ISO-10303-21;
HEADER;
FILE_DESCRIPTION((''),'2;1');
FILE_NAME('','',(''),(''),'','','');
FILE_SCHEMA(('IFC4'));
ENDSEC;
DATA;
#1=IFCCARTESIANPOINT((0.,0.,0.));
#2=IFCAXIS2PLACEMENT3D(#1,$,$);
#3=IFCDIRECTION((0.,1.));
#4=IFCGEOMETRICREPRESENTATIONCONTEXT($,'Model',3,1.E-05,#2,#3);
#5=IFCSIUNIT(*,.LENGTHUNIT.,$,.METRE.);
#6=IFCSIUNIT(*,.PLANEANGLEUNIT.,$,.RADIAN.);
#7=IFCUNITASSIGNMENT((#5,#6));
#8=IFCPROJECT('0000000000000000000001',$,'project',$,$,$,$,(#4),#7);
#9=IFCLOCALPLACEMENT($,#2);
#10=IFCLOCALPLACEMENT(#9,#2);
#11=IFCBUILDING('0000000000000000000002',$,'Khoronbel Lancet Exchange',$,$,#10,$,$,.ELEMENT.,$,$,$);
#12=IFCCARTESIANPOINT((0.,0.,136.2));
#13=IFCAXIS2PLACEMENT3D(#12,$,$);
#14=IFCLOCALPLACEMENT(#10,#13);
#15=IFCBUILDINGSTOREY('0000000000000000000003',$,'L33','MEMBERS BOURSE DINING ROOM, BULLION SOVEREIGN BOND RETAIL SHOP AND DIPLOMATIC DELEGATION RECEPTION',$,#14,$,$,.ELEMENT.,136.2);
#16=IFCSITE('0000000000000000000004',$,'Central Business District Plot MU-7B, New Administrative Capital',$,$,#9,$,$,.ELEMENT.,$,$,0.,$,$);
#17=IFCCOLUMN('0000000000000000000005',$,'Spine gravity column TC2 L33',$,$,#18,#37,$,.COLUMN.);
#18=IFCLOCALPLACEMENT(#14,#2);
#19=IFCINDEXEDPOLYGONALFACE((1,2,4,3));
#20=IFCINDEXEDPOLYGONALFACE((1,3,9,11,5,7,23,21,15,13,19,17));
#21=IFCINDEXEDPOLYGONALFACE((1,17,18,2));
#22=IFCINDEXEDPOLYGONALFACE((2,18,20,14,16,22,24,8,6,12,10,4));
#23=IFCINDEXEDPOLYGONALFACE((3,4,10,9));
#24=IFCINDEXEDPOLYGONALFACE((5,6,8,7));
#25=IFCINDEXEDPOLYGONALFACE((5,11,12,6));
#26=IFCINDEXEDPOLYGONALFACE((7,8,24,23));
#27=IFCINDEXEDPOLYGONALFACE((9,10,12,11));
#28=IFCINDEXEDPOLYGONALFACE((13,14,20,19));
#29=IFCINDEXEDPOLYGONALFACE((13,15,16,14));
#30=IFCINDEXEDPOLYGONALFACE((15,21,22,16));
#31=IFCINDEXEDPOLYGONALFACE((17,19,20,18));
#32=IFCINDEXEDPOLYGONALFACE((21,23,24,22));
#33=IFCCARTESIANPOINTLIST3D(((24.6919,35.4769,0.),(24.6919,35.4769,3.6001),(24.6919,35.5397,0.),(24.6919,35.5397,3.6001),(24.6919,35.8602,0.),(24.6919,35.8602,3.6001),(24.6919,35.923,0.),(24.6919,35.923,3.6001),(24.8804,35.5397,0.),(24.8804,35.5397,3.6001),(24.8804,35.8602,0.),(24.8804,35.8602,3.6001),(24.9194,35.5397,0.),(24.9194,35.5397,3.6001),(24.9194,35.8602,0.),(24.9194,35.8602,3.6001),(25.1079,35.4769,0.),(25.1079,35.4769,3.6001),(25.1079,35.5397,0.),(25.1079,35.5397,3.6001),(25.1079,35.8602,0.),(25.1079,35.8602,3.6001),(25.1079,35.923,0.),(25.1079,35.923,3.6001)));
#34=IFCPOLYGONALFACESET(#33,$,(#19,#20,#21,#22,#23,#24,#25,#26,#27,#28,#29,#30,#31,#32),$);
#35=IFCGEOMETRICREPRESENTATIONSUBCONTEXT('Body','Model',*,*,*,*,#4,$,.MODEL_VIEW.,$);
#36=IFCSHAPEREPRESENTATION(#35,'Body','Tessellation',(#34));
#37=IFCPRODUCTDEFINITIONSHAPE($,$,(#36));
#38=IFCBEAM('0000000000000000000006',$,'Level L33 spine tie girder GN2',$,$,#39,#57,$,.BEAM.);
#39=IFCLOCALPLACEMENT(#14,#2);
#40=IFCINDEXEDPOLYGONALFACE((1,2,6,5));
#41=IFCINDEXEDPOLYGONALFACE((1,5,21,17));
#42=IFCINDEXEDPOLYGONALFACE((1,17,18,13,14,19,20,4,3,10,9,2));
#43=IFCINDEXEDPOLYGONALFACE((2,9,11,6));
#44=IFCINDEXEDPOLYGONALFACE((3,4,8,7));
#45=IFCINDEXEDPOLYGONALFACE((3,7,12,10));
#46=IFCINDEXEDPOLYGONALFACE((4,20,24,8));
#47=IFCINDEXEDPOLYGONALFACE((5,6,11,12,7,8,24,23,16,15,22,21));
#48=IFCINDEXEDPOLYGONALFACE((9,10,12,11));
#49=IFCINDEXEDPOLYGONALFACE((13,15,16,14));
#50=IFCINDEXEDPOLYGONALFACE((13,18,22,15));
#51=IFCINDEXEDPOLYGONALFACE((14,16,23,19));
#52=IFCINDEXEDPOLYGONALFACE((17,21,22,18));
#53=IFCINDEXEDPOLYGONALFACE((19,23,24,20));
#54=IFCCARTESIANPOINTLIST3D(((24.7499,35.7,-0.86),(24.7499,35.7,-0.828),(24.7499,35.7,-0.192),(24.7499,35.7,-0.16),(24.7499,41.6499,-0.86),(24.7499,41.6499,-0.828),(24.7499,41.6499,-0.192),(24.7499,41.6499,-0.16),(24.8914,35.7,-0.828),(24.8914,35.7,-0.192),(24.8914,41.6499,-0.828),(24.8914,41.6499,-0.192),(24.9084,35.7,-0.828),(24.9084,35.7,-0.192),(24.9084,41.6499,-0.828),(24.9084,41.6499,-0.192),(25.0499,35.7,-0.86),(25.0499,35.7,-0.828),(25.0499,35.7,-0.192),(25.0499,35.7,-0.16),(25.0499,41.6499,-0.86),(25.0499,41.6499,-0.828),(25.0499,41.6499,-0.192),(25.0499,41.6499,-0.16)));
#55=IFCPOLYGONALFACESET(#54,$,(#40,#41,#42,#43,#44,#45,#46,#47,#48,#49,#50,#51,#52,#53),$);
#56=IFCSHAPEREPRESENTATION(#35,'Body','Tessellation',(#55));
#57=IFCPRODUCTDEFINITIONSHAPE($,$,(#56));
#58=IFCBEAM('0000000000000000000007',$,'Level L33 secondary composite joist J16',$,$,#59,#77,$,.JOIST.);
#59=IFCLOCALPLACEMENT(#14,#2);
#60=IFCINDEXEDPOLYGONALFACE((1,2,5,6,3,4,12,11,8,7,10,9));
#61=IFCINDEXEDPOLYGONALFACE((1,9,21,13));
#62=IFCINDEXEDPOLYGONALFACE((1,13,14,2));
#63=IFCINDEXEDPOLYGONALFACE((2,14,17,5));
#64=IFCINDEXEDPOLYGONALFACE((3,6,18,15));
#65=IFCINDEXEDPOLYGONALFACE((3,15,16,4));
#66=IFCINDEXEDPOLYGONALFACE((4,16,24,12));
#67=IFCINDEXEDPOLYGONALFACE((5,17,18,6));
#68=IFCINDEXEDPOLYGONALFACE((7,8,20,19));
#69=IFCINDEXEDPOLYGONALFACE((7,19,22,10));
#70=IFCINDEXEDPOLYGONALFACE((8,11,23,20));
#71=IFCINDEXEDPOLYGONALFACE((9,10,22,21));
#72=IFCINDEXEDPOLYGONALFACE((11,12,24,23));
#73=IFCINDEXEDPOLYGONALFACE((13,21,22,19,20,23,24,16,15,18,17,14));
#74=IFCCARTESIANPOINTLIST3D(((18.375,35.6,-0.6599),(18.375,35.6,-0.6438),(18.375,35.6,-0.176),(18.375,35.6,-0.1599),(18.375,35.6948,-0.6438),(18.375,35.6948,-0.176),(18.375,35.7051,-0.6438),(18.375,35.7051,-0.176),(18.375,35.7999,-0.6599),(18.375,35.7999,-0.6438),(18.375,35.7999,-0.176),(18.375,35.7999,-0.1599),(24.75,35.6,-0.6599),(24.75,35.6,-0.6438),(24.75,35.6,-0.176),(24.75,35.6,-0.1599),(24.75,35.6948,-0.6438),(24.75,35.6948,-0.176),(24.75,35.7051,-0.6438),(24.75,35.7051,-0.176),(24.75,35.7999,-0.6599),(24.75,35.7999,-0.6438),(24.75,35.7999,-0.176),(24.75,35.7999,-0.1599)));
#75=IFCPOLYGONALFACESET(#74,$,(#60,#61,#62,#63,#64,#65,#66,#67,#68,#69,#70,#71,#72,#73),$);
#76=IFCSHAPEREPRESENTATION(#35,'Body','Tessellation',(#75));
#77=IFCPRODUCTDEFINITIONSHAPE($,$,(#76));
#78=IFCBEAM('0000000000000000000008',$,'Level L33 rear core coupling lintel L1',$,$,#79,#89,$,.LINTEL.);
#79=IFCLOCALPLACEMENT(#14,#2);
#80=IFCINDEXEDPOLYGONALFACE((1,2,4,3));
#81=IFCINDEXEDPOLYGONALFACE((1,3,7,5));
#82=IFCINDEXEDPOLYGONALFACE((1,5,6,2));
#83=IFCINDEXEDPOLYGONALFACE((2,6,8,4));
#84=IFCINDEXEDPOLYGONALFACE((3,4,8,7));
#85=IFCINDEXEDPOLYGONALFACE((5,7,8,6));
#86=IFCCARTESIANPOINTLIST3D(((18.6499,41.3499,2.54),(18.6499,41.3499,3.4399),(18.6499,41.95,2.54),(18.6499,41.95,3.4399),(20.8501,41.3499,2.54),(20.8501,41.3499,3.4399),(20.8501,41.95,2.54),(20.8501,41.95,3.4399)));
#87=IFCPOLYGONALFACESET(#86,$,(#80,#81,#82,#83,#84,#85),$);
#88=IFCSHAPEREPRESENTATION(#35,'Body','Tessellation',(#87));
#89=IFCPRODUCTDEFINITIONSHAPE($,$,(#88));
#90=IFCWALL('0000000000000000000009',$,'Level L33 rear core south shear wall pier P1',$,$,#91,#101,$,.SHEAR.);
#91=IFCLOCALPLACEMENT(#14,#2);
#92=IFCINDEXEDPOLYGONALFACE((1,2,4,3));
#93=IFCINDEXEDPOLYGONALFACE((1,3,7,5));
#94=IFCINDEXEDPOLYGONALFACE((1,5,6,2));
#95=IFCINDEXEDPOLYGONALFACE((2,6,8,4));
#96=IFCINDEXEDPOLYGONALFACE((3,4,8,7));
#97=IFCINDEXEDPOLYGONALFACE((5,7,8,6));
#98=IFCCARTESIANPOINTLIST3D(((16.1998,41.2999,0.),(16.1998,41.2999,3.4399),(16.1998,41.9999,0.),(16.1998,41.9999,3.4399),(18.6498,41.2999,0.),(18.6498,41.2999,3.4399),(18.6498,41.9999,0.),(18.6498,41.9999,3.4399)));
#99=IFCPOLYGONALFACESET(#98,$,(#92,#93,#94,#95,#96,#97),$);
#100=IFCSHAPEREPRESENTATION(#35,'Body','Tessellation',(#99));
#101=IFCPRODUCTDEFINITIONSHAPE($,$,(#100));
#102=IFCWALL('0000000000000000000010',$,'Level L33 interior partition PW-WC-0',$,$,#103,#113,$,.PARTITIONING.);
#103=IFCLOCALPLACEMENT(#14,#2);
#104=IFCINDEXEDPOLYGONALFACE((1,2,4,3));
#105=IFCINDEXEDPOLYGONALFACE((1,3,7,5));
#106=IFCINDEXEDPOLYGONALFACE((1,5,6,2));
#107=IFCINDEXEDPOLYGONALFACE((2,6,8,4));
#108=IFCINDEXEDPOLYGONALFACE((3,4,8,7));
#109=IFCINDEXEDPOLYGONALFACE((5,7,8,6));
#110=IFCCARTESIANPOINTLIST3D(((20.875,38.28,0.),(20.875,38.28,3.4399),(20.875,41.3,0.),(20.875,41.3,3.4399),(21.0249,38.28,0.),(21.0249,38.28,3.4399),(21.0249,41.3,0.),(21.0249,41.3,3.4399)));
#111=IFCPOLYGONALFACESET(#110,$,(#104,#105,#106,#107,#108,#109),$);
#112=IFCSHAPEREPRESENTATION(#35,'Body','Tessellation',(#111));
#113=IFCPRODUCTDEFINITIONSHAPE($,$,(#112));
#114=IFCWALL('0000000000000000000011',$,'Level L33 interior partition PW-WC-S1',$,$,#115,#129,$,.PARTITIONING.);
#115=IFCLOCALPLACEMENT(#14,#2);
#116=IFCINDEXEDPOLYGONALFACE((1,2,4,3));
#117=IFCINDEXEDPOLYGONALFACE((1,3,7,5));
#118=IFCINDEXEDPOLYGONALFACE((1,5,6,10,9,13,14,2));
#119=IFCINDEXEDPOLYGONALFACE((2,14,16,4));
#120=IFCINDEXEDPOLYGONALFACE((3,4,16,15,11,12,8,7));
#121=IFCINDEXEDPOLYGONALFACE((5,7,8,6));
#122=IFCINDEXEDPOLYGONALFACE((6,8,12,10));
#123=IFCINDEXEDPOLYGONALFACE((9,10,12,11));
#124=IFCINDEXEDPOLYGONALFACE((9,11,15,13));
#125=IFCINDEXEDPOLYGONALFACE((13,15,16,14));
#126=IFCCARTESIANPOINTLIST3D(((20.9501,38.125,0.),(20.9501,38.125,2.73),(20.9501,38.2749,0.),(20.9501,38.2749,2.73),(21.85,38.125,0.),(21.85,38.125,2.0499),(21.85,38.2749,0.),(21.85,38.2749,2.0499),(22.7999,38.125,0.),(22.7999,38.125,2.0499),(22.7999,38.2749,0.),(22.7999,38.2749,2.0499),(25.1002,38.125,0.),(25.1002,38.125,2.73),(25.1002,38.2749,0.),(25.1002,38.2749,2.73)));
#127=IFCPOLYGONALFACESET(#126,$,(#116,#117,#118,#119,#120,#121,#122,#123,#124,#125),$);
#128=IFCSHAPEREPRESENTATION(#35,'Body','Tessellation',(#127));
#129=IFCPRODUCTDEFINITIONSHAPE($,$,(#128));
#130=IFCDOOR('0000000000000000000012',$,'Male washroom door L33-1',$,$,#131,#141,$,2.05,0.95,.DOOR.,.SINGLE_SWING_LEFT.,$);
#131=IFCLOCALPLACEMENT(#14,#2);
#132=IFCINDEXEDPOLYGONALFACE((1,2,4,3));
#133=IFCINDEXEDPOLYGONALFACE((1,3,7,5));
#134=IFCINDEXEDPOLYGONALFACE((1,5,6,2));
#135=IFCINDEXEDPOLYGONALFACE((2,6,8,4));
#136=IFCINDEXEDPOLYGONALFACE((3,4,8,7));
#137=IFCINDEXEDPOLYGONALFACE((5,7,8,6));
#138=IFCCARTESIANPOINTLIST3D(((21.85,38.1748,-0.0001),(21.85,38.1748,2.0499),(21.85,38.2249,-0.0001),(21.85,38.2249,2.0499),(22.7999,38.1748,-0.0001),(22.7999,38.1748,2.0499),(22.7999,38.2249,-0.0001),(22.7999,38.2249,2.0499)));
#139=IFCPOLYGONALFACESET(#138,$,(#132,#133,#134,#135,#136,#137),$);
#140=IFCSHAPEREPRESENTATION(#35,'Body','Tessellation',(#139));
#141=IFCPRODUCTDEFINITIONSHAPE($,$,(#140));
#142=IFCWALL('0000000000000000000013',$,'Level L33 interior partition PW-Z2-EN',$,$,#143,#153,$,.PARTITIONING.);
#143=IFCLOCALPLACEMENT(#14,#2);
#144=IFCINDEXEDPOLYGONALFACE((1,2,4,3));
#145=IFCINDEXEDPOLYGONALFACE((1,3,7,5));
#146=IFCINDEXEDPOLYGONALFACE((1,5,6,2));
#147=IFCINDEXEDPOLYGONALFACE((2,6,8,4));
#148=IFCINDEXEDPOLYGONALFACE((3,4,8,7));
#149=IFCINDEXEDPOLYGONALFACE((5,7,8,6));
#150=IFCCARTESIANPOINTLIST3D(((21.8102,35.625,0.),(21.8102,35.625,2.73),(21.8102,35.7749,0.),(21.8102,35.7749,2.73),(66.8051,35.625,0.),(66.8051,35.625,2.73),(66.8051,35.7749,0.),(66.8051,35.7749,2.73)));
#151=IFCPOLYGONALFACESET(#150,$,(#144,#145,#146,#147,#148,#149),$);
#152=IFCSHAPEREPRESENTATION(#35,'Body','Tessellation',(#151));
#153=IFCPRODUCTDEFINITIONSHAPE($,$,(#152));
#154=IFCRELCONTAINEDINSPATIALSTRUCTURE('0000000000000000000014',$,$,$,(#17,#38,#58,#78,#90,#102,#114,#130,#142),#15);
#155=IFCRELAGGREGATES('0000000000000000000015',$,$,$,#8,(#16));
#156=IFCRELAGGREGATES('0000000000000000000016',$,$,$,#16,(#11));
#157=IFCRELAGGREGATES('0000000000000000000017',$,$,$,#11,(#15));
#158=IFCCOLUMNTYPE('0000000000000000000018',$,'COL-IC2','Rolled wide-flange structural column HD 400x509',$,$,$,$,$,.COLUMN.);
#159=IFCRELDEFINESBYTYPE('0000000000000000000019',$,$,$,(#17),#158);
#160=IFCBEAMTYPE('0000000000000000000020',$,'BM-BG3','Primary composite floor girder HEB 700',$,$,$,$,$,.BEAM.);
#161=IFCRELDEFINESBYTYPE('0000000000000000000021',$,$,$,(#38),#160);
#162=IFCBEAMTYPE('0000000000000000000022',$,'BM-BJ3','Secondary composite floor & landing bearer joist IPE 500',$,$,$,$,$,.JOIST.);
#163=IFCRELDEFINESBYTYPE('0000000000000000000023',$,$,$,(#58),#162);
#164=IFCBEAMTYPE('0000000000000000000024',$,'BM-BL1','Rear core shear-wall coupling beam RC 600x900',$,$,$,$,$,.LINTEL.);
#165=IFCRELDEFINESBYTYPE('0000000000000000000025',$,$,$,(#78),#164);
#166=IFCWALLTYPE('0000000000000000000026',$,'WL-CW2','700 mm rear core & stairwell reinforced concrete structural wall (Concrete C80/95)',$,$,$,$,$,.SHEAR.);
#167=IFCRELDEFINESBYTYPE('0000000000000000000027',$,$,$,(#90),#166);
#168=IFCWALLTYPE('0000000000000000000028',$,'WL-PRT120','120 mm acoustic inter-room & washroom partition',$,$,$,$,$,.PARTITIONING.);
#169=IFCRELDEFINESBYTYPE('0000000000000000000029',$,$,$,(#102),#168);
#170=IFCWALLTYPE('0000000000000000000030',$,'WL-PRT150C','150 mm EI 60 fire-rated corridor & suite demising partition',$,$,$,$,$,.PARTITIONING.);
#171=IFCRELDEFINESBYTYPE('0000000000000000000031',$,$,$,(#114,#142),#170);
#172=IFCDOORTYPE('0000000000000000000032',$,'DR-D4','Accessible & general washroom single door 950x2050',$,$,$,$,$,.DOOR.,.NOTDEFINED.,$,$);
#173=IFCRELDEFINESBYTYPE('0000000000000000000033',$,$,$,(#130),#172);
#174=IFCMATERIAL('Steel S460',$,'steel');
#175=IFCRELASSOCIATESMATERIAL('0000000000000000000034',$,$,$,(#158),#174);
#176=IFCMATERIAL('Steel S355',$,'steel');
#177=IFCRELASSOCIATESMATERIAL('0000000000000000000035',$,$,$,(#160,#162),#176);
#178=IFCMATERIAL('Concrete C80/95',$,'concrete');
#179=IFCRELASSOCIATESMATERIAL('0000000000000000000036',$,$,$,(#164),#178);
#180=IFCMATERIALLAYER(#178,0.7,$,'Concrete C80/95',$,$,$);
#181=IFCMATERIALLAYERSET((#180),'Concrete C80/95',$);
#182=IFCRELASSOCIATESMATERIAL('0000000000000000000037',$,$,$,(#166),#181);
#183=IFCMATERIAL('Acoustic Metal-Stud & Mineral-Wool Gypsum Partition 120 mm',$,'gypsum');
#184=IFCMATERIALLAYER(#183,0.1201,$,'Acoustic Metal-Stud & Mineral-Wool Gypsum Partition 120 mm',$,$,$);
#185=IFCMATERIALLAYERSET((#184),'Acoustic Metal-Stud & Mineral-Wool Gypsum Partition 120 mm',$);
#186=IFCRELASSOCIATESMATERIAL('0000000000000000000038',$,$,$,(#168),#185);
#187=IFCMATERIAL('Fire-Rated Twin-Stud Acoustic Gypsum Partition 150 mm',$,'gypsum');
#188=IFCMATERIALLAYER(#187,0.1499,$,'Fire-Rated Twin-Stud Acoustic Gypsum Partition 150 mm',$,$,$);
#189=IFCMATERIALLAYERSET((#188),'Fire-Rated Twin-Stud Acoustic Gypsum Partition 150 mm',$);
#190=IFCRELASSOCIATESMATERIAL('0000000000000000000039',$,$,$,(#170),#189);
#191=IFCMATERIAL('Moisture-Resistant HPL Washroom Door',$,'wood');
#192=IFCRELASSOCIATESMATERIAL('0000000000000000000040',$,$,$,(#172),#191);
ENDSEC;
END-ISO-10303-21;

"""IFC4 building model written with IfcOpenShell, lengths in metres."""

from ifc_helpers import new_model, si_unit, direction, frame, frame_2d, origin, origin_2d, place, context, subcontext, project, spatial, rectangle, i_section, extrude, material, layer, layer_set, material_profile, profile_set, type_object, element, fill, save


model = new_model("IFC4")

# Units and contexts
model_context = context("Model", 3, precision=1e-05, world=origin(), true_north=direction((0.0, 1.0)))
body_context = subcontext(model_context, "Body", "Model", "MODEL_VIEW")
ifc_project = project(units=[si_unit("LENGTHUNIT", "METRE"), si_unit("PLANEANGLEUNIT", "RADIAN")], contexts=[model_context])

# Site, building, storey
site_placement = place(None, origin())
site = spatial("IfcSite", under=ifc_project, at=site_placement, Name="Central Business District Plot MU-7B, New Administrative Capital", CompositionType="ELEMENT", RefElevation=0.0)
building_placement = place(site_placement, origin())
building = spatial("IfcBuilding", under=site, at=building_placement, Name="Khoronbel Lancet Exchange", CompositionType="ELEMENT")
storey_placement = place(building_placement, frame((0.0, 0.0, 136.2)))
storey = spatial("IfcBuildingStorey", under=building, at=storey_placement, Name="L33", Description="MEMBERS BOURSE DINING ROOM, BULLION SOVEREIGN BOND RETAIL SHOP AND DIPLOMATIC DELEGATION RECEPTION", CompositionType="ELEMENT", Elevation=136.2)

# Column
ifc_material_1 = material(Name="Steel S460", Category="steel")
ifc_material_profile_1 = material_profile(ifc_material_1, i_section(OverallWidth=0.416, OverallDepth=0.446, WebThickness=0.0391, FlangeThickness=0.0627, at=origin_2d()), Name="HD 400x509")
ifc_profile_set_1 = profile_set([ifc_material_profile_1], Name="Steel S460")
column_type = type_object("IfcColumnType", Name="COL-IC2", Description="Rolled wide-flange structural column HD 400x509", PredefinedType="COLUMN", material=ifc_profile_set_1)
column_placement = place(storey_placement, frame((24.8999, 35.7, 0.0), z_axis=(0.0, 0.0, 1.0), x_axis=(1.0, 0.0, 0.0)))
element("IfcColumn", 1, at=column_placement, inside=storey, type_object=column_type, Name="Spine gravity column TC2 L33", PredefinedType="COLUMN", context=body_context, shape_type="SweptSolid", body=[
    extrude(i_section(OverallWidth=0.416, OverallDepth=0.446, WebThickness=0.0391, FlangeThickness=0.0627, at=origin_2d()), origin(), (0.0, 0.0, 1.0), 3.6001),
])

# Beams
ifc_material_2 = material(Name="Steel S355", Category="steel")
ifc_material_profile_2 = material_profile(ifc_material_2, i_section(OverallWidth=0.3, OverallDepth=0.7, WebThickness=0.0171, FlangeThickness=0.032, at=origin_2d()), Name="HEB 700")
ifc_profile_set_2 = profile_set([ifc_material_profile_2], Name="Steel S355")
beam_type_1 = type_object("IfcBeamType", Name="BM-BG3", Description="Primary composite floor girder HEB 700", PredefinedType="BEAM", material=ifc_profile_set_2)
beam_1_placement = place(storey_placement, frame((24.8999, 35.7, -0.51), z_axis=(0.0, 1.0, 0.0), x_axis=(-1.0, 0.0, 0.0)))
element("IfcBeam", 2, at=beam_1_placement, inside=storey, type_object=beam_type_1, Name="Level L33 spine tie girder GN2", PredefinedType="BEAM", context=body_context, shape_type="SweptSolid", body=[
    extrude(i_section(OverallWidth=0.3, OverallDepth=0.7, WebThickness=0.0171, FlangeThickness=0.032, at=origin_2d()), origin(), (0.0, 0.0, 1.0), 5.95),
])
ifc_material_profile_3 = material_profile(ifc_material_2, i_section(OverallWidth=0.2, OverallDepth=0.5, WebThickness=0.0103, FlangeThickness=0.0161, at=origin_2d()), Name="IPE 500")
ifc_profile_set_3 = profile_set([ifc_material_profile_3], Name="Steel S355")
beam_type_2 = type_object("IfcBeamType", Name="BM-BJ3", Description="Secondary composite floor & landing bearer joist IPE 500", PredefinedType="JOIST", material=ifc_profile_set_3)
beam_2_placement = place(storey_placement, frame((18.375, 35.7, -0.4099), z_axis=(1.0, 0.0, 0.0), x_axis=(0.0, 1.0, 0.0)))
element("IfcBeam", 3, at=beam_2_placement, inside=storey, type_object=beam_type_2, Name="Level L33 secondary composite joist J16", PredefinedType="JOIST", context=body_context, shape_type="SweptSolid", body=[
    extrude(i_section(OverallWidth=0.2, OverallDepth=0.5, WebThickness=0.0103, FlangeThickness=0.0161, at=origin_2d()), origin(), (0.0, 0.0, 1.0), 6.375),
])
ifc_material_3 = material(Name="Concrete C80/95", Category="concrete")
ifc_material_profile_4 = material_profile(ifc_material_3, rectangle(XDim=0.6001, YDim=0.8999, at=origin_2d()), Name="RC 600x900")
ifc_profile_set_4 = profile_set([ifc_material_profile_4], Name="Concrete C80/95")
beam_type_3 = type_object("IfcBeamType", Name="BM-BL1", Description="Rear core shear-wall coupling beam RC 600x900", PredefinedType="LINTEL", material=ifc_profile_set_4)
beam_3_placement = place(storey_placement, frame((18.6499, 41.6499, 2.99), z_axis=(1.0, 0.0, 0.0), x_axis=(0.0, 1.0, 0.0)))
element("IfcBeam", 4, at=beam_3_placement, inside=storey, type_object=beam_type_3, Name="Level L33 rear core coupling lintel L1", PredefinedType="LINTEL", context=body_context, shape_type="SweptSolid", body=[
    extrude(rectangle(XDim=0.6001, YDim=0.8999, at=origin_2d()), origin(), (0.0, 0.0, 1.0), 2.2002),
])

# Walls
ifc_layer_1 = layer(ifc_material_3, 0.7, Name="Concrete C80/95")
ifc_layer_set_1 = layer_set([ifc_layer_1], Name="Concrete C80/95")
wall_type_1 = type_object("IfcWallType", Name="WL-CW2", Description="700 mm rear core & stairwell reinforced concrete structural wall (Concrete C80/95)", PredefinedType="SHEAR", material=ifc_layer_set_1)
wall_1_placement = place(storey_placement, frame((18.6499, 41.6499, 0.0), z_axis=(0.0, 0.0, 1.0), x_axis=(-1.0, 0.0, 0.0)))
element("IfcWall", 5, at=wall_1_placement, inside=storey, type_object=wall_type_1, Name="Level L33 rear core south shear wall pier P1", PredefinedType="SHEAR", context=body_context, shape_type="SweptSolid", body=[
    extrude(rectangle(XDim=2.45, YDim=0.7, at=frame_2d((1.2251, 0.0))), origin(), (0.0, 0.0, 1.0), 3.4399),
])
ifc_material_4 = material(Name="Acoustic Metal-Stud & Mineral-Wool Gypsum Partition 120 mm", Category="gypsum")
ifc_layer_2 = layer(ifc_material_4, 0.1201, Name="Acoustic Metal-Stud & Mineral-Wool Gypsum Partition 120 mm")
ifc_layer_set_2 = layer_set([ifc_layer_2], Name="Acoustic Metal-Stud & Mineral-Wool Gypsum Partition 120 mm")
wall_type_2 = type_object("IfcWallType", Name="WL-PRT120", Description="120 mm acoustic inter-room & washroom partition", PredefinedType="PARTITIONING", material=ifc_layer_set_2)
wall_2_placement = place(storey_placement, frame((20.95, 38.28, 0.0), z_axis=(0.0, 0.0, 1.0), x_axis=(0.0, 1.0, 0.0)))
element("IfcWall", 6, at=wall_2_placement, inside=storey, type_object=wall_type_2, Name="Level L33 interior partition PW-WC-0", PredefinedType="PARTITIONING", context=body_context, shape_type="SweptSolid", body=[
    extrude(rectangle(XDim=3.02, YDim=0.1499, at=frame_2d((1.51, 0.0))), origin(), (0.0, 0.0, 1.0), 3.4399),
])

# Wall, opening, door
ifc_material_5 = material(Name="Fire-Rated Twin-Stud Acoustic Gypsum Partition 150 mm", Category="gypsum")
ifc_layer_3 = layer(ifc_material_5, 0.1499, Name="Fire-Rated Twin-Stud Acoustic Gypsum Partition 150 mm")
ifc_layer_set_3 = layer_set([ifc_layer_3], Name="Fire-Rated Twin-Stud Acoustic Gypsum Partition 150 mm")
wall_type_3 = type_object("IfcWallType", Name="WL-PRT150C", Description="150 mm EI 60 fire-rated corridor & suite demising partition", PredefinedType="PARTITIONING", material=ifc_layer_set_3)
wall_3_placement = place(storey_placement, frame((20.95, 38.2, 0.0), z_axis=(0.0, 0.0, 1.0), x_axis=(1.0, 0.0, 0.0)))
wall_3 = element("IfcWall", 7, at=wall_3_placement, inside=storey, type_object=wall_type_3, Name="Level L33 interior partition PW-WC-S1", PredefinedType="PARTITIONING", context=body_context, shape_type="SweptSolid", body=[
    extrude(rectangle(XDim=4.1501, YDim=0.1499, at=frame_2d((2.0752, 0.0))), origin(), (0.0, 0.0, 1.0), 2.73),
])
opening_1_placement = place(wall_3_placement, frame((0.8999, 0.0, 0.0)))
opening_1 = element("IfcOpeningElement", 8, at=opening_1_placement, cuts=wall_3, PredefinedType="OPENING", context=body_context, shape_type="SweptSolid", body=[
    extrude(rectangle(XDim=0.95, YDim=2.05, at=frame_2d((0.4751, 1.0249))), frame((0.0, 0.085, 0.0), z_axis=(0.0, -1.0, 0.0), x_axis=(1.0, 0.0, 0.0)), (0.0, 0.0, 1.0), 0.1699),
])
ifc_material_6 = material(Name="Moisture-Resistant HPL Washroom Door", Category="wood")
door_type_1 = type_object("IfcDoorType", Name="DR-D4", Description="Accessible & general washroom single door 950x2050", OperationType="NOTDEFINED", PredefinedType="DOOR", material=ifc_material_6)
door_1_placement = place(opening_1_placement, origin())
door_1 = element("IfcDoor", 9, at=door_1_placement, inside=storey, type_object=door_type_1, Name="Male washroom door L33-1", OperationType="SINGLE_SWING_LEFT", OverallHeight=2.05, OverallWidth=0.95, PredefinedType="DOOR", context=body_context, shape_type="SweptSolid", body=[
    extrude(rectangle(XDim=0.95, YDim=2.05, at=frame_2d((0.4751, 1.0249))), frame((0.0, 0.0249, 0.0), z_axis=(0.0, -1.0, 0.0), x_axis=(1.0, 0.0, 0.0)), (0.0, 0.0, 1.0), 0.05),
])
fill(opening_1, door_1)

# Wall
wall_4_placement = place(storey_placement, frame((21.8101, 35.7, 0.0), z_axis=(0.0, 0.0, 1.0), x_axis=(1.0, 0.0, 0.0)))
element("IfcWall", 10, at=wall_4_placement, inside=storey, type_object=wall_type_3, Name="Level L33 interior partition PW-Z2-EN", PredefinedType="PARTITIONING", context=body_context, shape_type="SweptSolid", body=[
    extrude(rectangle(XDim=44.9949, YDim=0.1499, at=frame_2d((22.4976, 0.0))), origin(), (0.0, 0.0, 1.0), 2.73),
])

save(model, "model.ifc")
